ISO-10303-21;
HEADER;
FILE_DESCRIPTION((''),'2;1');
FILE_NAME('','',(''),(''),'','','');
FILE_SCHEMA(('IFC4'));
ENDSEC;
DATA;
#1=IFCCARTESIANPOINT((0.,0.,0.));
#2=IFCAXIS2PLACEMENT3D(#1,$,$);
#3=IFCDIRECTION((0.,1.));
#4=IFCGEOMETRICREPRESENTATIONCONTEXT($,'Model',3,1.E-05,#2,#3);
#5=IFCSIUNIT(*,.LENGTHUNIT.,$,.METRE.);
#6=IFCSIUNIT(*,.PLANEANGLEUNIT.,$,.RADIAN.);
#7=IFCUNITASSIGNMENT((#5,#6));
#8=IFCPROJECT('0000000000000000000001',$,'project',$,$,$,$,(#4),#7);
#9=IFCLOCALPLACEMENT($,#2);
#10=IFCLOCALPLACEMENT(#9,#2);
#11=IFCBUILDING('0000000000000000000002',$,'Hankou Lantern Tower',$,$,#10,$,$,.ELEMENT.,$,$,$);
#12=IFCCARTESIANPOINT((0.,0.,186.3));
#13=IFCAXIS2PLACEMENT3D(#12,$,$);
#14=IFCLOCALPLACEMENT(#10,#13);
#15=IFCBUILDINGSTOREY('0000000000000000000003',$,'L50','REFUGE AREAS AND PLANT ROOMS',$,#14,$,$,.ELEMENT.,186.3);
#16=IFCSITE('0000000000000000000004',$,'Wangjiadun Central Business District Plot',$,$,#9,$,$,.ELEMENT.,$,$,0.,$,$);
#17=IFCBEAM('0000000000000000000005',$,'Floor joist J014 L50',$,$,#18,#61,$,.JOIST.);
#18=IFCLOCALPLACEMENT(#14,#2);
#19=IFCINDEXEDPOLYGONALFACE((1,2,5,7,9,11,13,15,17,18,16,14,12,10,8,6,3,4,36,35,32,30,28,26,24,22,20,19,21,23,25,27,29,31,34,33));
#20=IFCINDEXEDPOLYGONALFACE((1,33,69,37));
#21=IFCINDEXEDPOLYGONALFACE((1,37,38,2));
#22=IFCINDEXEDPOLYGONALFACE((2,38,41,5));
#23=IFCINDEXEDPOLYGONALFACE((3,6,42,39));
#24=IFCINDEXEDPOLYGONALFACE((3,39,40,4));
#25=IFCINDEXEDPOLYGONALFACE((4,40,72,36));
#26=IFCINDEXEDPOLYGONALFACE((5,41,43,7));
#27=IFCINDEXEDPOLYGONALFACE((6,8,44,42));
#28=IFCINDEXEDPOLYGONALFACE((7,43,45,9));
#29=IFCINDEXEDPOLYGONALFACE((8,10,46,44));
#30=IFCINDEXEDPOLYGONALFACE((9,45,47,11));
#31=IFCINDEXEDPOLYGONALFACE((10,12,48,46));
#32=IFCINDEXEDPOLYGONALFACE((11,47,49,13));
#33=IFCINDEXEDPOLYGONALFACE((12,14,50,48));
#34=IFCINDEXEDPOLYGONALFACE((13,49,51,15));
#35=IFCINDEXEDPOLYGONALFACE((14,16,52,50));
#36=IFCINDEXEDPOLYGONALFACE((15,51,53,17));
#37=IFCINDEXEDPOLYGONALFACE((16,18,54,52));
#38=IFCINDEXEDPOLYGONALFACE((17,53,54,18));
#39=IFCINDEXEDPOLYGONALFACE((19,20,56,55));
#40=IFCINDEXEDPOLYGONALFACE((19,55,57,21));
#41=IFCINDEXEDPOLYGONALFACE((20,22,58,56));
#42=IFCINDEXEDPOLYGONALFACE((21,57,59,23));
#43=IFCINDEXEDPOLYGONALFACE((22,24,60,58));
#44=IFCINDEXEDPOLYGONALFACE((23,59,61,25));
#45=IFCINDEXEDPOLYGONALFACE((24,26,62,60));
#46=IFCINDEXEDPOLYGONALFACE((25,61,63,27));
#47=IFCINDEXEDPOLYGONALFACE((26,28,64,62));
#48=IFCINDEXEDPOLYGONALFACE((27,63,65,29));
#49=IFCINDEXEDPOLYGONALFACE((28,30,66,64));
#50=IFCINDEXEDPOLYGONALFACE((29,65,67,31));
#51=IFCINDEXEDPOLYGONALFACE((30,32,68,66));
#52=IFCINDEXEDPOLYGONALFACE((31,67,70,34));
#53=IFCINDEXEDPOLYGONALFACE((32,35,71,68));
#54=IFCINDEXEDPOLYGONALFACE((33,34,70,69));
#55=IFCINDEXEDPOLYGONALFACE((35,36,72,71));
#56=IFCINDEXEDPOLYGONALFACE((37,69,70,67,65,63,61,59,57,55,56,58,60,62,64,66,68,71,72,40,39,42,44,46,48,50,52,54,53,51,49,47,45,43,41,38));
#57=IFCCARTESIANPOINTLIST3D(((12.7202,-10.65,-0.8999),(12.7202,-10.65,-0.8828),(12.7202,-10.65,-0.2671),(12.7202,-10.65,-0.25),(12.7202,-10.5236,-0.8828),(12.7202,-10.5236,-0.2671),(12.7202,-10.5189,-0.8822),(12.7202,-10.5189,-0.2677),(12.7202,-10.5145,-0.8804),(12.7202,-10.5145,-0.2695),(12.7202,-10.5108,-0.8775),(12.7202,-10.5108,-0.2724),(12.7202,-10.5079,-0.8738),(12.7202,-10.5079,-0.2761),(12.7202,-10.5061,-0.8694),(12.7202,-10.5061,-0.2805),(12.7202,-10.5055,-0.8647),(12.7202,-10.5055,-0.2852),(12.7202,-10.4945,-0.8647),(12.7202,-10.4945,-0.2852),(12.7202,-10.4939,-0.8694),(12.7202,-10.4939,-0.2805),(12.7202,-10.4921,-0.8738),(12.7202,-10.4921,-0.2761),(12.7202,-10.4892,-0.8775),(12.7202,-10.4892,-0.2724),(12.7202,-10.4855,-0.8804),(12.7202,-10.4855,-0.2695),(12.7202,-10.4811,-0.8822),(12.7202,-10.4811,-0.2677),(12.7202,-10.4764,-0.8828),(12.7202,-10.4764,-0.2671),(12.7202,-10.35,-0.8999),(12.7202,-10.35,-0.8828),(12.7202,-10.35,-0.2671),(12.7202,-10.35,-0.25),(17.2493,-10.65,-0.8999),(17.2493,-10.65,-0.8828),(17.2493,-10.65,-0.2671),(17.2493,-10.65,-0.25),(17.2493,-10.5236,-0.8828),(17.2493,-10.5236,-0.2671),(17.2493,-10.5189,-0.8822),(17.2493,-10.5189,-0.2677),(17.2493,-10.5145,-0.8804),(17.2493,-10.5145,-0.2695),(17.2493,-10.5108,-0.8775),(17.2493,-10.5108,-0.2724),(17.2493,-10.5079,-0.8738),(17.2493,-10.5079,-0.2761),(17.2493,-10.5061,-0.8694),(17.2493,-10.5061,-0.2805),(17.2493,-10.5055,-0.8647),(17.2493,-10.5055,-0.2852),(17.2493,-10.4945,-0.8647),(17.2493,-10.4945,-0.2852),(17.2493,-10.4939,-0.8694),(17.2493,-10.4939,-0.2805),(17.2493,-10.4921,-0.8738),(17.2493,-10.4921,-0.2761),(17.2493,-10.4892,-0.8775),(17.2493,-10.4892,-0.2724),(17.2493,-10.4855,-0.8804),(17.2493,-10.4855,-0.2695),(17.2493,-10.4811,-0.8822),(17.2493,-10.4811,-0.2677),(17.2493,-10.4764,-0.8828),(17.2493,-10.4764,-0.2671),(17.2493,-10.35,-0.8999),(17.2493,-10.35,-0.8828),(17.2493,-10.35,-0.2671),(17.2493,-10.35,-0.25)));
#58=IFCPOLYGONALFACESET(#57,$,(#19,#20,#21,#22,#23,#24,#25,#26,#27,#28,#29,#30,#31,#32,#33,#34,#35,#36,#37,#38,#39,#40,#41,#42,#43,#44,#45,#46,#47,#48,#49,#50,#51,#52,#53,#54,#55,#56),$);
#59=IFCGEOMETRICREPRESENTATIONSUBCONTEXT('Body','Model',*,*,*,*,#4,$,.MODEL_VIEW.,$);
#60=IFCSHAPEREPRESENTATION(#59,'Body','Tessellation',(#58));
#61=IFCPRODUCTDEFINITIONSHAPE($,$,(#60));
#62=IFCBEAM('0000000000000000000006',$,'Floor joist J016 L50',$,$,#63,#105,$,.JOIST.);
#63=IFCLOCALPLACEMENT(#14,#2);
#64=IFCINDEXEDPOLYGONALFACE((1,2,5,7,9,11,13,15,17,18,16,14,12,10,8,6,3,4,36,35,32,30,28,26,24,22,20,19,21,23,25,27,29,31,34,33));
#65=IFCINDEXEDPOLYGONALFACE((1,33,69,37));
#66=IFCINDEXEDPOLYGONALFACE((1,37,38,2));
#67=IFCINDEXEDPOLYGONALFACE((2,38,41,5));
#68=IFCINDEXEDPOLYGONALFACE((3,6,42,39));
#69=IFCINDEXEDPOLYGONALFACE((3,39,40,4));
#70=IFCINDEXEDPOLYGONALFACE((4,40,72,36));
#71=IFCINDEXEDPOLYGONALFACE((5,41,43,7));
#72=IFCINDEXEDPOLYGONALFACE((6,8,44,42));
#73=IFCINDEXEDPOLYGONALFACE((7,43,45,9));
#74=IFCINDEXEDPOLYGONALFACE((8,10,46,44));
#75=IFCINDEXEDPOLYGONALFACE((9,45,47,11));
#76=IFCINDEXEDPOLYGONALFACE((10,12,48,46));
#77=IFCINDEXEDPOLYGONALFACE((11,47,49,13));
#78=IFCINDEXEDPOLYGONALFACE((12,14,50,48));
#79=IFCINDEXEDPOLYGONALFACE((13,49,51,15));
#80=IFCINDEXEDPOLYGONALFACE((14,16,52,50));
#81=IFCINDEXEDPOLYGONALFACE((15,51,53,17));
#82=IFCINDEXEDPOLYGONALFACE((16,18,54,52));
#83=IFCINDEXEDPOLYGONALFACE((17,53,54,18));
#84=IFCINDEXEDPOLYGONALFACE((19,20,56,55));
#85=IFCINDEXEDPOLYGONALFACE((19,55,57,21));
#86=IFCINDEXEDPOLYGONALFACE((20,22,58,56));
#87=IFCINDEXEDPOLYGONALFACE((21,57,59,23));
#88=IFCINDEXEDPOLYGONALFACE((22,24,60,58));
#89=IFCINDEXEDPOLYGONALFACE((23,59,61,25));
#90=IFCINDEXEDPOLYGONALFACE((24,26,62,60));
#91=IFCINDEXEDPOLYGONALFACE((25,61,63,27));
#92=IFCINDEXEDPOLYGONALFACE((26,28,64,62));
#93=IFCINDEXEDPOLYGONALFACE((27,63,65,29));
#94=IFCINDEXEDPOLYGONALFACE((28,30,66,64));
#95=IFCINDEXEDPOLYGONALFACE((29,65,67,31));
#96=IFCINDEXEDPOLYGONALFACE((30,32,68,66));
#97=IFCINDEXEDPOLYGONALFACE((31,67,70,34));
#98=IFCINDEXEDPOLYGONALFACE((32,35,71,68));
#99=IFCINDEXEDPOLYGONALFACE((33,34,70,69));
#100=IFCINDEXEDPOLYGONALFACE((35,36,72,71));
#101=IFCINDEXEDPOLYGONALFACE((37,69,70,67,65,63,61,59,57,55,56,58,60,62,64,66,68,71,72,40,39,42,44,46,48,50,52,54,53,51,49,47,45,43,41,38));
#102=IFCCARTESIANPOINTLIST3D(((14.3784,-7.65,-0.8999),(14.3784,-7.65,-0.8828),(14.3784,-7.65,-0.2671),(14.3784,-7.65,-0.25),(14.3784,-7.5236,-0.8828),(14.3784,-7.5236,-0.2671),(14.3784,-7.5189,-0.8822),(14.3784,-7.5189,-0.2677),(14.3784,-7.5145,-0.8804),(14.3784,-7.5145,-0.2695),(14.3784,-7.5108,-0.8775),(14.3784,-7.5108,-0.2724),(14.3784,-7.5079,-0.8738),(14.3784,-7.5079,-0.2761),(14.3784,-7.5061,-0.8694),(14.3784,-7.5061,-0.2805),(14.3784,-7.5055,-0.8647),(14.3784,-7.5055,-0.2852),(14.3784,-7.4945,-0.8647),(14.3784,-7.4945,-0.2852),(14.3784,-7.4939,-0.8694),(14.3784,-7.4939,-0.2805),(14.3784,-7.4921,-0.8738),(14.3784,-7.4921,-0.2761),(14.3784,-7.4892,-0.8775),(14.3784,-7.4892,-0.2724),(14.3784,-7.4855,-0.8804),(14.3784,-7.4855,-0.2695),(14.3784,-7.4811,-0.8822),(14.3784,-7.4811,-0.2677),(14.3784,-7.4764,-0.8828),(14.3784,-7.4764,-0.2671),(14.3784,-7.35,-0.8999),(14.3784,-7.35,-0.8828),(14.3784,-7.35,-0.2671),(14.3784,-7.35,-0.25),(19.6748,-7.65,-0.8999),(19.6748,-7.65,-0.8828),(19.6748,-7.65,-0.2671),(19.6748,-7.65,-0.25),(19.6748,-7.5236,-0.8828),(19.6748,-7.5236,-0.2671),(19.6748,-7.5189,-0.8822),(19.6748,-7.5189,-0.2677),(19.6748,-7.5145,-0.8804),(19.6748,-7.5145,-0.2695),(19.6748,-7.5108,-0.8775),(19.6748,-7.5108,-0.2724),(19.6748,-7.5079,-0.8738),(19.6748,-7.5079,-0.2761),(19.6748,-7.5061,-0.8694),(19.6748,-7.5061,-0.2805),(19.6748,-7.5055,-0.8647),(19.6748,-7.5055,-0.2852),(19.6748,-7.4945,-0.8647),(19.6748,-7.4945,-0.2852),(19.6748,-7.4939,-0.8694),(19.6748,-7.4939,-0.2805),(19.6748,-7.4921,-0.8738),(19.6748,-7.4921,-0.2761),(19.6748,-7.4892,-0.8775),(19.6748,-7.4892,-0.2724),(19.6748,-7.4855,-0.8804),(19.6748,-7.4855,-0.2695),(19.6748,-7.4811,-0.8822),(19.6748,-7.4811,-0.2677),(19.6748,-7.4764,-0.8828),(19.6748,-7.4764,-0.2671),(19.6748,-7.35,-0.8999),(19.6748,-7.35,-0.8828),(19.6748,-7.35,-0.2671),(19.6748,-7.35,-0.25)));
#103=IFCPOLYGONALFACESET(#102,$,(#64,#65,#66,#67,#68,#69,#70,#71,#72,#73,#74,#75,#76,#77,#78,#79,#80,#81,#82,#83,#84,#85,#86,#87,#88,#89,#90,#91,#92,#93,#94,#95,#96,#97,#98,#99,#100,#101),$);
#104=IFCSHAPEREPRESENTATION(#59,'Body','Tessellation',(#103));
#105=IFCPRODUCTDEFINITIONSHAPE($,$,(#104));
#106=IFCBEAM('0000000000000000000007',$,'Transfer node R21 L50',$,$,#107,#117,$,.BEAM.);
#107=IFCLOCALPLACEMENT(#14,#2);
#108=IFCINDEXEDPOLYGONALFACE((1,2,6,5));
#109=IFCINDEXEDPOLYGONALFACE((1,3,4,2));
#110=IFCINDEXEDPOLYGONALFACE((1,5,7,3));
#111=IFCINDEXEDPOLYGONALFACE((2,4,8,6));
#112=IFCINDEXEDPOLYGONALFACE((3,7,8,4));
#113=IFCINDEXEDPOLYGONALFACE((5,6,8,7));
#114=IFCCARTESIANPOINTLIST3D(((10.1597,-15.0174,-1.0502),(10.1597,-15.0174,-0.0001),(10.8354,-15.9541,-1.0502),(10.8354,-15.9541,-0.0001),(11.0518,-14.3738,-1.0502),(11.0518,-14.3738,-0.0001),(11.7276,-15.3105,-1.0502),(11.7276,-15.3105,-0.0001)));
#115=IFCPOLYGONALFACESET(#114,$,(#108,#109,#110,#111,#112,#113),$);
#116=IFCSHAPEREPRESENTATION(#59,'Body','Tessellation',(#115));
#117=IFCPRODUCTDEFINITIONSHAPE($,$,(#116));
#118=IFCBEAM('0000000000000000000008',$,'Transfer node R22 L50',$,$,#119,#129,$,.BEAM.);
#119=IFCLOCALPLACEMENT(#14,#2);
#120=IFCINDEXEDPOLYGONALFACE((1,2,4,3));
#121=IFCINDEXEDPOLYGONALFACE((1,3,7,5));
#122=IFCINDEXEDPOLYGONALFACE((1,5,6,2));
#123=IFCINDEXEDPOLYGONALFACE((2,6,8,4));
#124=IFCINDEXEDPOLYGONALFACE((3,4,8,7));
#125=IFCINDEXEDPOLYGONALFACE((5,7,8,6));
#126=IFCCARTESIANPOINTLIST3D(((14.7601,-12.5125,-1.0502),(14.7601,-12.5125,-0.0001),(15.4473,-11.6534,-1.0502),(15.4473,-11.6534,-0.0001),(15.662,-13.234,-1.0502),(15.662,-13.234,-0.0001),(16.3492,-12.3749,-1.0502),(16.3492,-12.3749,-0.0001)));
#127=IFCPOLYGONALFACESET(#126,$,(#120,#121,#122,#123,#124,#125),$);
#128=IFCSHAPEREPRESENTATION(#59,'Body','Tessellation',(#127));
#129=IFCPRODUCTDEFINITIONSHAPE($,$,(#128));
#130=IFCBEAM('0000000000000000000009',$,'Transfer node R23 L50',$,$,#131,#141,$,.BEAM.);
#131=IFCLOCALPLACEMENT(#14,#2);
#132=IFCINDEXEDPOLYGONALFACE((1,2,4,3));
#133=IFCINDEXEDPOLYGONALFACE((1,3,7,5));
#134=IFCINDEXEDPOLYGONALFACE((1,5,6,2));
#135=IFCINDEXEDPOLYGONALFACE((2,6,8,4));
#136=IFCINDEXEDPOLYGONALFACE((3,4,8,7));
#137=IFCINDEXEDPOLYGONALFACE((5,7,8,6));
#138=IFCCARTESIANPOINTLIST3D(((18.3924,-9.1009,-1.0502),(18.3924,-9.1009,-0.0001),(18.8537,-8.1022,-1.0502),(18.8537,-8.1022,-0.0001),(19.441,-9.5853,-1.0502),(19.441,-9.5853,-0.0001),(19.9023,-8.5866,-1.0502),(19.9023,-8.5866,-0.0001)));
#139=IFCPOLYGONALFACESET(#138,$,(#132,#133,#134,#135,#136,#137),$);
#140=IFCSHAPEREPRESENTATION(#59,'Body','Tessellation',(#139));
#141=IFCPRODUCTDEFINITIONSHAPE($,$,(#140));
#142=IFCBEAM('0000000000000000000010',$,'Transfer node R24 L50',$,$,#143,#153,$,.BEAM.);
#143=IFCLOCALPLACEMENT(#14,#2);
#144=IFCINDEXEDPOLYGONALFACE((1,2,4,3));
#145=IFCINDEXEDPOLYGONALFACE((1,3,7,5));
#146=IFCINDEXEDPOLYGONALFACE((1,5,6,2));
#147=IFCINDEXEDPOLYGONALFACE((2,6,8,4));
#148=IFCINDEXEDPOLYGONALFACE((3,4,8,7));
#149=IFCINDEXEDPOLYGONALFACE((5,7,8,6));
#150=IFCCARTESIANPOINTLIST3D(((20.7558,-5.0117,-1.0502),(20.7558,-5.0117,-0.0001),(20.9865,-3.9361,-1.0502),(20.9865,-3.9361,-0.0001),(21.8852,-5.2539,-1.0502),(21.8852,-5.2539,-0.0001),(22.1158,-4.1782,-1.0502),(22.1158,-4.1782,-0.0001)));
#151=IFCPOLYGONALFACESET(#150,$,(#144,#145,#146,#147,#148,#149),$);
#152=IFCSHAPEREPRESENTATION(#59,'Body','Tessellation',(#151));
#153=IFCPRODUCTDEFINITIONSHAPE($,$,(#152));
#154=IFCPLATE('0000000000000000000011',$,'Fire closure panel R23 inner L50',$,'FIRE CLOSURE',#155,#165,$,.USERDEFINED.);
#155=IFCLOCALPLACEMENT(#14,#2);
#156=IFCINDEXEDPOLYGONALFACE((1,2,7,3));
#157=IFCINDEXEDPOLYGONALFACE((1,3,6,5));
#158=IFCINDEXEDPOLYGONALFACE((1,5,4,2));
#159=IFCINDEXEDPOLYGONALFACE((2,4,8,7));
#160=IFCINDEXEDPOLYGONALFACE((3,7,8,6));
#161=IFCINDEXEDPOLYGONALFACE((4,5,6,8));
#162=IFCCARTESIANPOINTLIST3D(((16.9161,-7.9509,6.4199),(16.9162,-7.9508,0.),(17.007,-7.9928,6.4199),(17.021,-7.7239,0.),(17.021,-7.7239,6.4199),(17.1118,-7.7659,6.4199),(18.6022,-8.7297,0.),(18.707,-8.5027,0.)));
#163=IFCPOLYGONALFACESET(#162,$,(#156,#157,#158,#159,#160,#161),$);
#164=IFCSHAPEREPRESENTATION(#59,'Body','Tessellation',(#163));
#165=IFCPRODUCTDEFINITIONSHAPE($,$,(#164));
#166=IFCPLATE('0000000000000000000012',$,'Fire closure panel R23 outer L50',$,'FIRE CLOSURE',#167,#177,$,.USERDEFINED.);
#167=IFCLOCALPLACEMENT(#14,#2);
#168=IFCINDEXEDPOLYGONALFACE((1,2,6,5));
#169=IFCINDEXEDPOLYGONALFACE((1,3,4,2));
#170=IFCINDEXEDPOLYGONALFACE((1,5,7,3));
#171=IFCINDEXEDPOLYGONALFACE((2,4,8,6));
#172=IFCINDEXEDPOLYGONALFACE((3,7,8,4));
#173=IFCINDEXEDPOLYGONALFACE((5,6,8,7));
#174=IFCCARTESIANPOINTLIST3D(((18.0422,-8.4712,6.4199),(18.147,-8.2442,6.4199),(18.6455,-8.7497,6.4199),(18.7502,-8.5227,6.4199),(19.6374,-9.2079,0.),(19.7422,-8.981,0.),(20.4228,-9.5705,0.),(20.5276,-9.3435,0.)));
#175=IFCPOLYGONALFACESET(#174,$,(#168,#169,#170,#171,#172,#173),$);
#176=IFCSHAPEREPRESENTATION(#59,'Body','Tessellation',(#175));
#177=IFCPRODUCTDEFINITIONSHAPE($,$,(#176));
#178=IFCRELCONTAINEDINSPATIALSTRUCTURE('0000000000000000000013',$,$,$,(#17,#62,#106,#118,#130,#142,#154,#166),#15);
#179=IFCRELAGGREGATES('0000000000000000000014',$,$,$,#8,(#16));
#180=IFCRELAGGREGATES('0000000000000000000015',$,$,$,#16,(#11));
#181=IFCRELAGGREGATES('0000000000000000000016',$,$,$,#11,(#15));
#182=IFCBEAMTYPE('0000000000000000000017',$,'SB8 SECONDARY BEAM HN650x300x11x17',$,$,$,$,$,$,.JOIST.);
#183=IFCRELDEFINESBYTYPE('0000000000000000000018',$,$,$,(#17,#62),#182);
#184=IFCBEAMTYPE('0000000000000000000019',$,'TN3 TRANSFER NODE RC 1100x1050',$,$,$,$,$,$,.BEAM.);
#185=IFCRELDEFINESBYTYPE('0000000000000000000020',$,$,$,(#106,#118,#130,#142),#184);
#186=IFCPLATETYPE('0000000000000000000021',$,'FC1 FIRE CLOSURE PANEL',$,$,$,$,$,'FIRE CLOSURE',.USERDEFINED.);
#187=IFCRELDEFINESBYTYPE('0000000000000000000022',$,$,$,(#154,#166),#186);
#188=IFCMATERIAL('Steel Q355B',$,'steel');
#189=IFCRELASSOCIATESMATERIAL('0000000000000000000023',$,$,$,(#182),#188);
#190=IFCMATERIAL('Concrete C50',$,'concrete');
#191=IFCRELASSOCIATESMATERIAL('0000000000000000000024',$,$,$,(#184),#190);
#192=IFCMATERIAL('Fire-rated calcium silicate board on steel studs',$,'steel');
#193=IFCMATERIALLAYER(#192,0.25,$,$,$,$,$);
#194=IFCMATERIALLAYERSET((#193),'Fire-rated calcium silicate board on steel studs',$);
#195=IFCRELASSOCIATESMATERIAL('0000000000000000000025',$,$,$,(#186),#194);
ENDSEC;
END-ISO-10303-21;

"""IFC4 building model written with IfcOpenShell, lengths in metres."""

from ifc_helpers import new_model, si_unit, direction, frame, origin, origin_2d, place, context, subcontext, project, spatial, polyline, rectangle, i_section, outline, extrude, material, layer, layer_set, material_profile, profile_set, type_object, element, save


model = new_model("IFC4")

# Units and contexts
model_context = context("Model", 3, precision=1e-05, world=origin(), true_north=direction((0.0, 1.0)))
body_context = subcontext(model_context, "Body", "Model", "MODEL_VIEW")
ifc_project = project(units=[si_unit("LENGTHUNIT", "METRE"), si_unit("PLANEANGLEUNIT", "RADIAN")], contexts=[model_context])

# Site, building, storey
site_placement = place(None, origin())
site = spatial("IfcSite", under=ifc_project, at=site_placement, Name="Wangjiadun Central Business District Plot", CompositionType="ELEMENT", RefElevation=0.0)
building_placement = place(site_placement, origin())
building = spatial("IfcBuilding", under=site, at=building_placement, Name="Hankou Lantern Tower", CompositionType="ELEMENT")
storey_placement = place(building_placement, frame((0.0, 0.0, 186.3)))
storey = spatial("IfcBuildingStorey", under=building, at=storey_placement, Name="L50", Description="REFUGE AREAS AND PLANT ROOMS", CompositionType="ELEMENT", Elevation=186.3)

# Beams
ifc_material_1 = material(Name="Steel Q355B", Category="steel")
ifc_material_profile_1 = material_profile(ifc_material_1, i_section(OverallWidth=0.3, OverallDepth=0.6499, WebThickness=0.011, FlangeThickness=0.0171, FilletRadius=0.0181, at=origin_2d()), Name="HN650x300x11x17")
ifc_profile_set_1 = profile_set([ifc_material_profile_1], Name="Steel Q355B")
beam_type_1 = type_object("IfcBeamType", Name="SB8 SECONDARY BEAM HN650x300x11x17", PredefinedType="JOIST", material=ifc_profile_set_1)
beam_1_placement = place(storey_placement, frame((12.7202, -10.5, -0.575), z_axis=(1.0, 0.0, 0.0), x_axis=(0.0, 1.0, 0.0)))
element("IfcBeam", 1, at=beam_1_placement, inside=storey, type_object=beam_type_1, Name="Floor joist J014 L50", PredefinedType="JOIST", context=body_context, shape_type="SweptSolid", body=[
    extrude(i_section(OverallWidth=0.3, OverallDepth=0.6499, WebThickness=0.011, FlangeThickness=0.0171, FilletRadius=0.0181, at=origin_2d()), origin(), (0.0, 0.0, 1.0), 4.5291),
])
beam_2_placement = place(storey_placement, frame((14.3784, -7.5, -0.575), z_axis=(1.0, 0.0, 0.0), x_axis=(0.0, 1.0, 0.0)))
element("IfcBeam", 2, at=beam_2_placement, inside=storey, type_object=beam_type_1, Name="Floor joist J016 L50", PredefinedType="JOIST", context=body_context, shape_type="SweptSolid", body=[
    extrude(i_section(OverallWidth=0.3, OverallDepth=0.6499, WebThickness=0.011, FlangeThickness=0.0171, FilletRadius=0.0181, at=origin_2d()), origin(), (0.0, 0.0, 1.0), 5.2964),
])
ifc_material_2 = material(Name="Concrete C50", Category="concrete")
ifc_material_profile_2 = material_profile(ifc_material_2, rectangle(XDim=1.1001, YDim=1.05, at=origin_2d()), Name="RC 1100x1050")
ifc_profile_set_2 = profile_set([ifc_material_profile_2], Name="Concrete C50")
beam_type_2 = type_object("IfcBeamType", Name="TN3 TRANSFER NODE RC 1100x1050", PredefinedType="BEAM", material=ifc_profile_set_2)
for number, where, z_axis, x_axis, name in (
    (3, (11.2815, -15.6323, -0.5251), (-0.585051, 0.810997, 0.0), (-0.810997, -0.585051, 0.0), "Transfer node R21 L50"),
    (4, (16.0056, -12.8044, -0.5251), (-0.780889, 0.624669, 0.0), (-0.624669, -0.780889, 0.0), "Transfer node R22 L50"),
    (5, (19.6716, -9.0859, -0.5251), (-0.907823, 0.419353, 0.0), (-0.419353, -0.907823, 0.0), "Transfer node R23 L50"),
    (6, (22.0005, -4.7161, -0.5251), (-0.977771, 0.209673, 0.0), (-0.209673, -0.977771, 0.0), "Transfer node R24 L50"),
):
    element("IfcBeam", number, at=place(storey_placement, frame(where, z_axis=z_axis, x_axis=x_axis)), inside=storey, type_object=beam_type_2, Name=name, PredefinedType="BEAM", context=body_context, shape_type="SweptSolid", body=[
        extrude(rectangle(XDim=1.1001, YDim=1.05, at=origin_2d()), origin(), (0.0, 0.0, 1.0), 1.155),
    ])

# Plates
ifc_material_3 = material(Name="Fire-rated calcium silicate board on steel studs", Category="steel")
ifc_layer_1 = layer(ifc_material_3, 0.25)
ifc_layer_set_1 = layer_set([ifc_layer_1], Name="Fire-rated calcium silicate board on steel studs")
plate_type = type_object("IfcPlateType", Name="FC1 FIRE CLOSURE PANEL", ElementType="FIRE CLOSURE", PredefinedType="USERDEFINED", material=ifc_layer_set_1)
plate_1_placement = place(storey_placement, frame((17.021, -7.7239, 0.0), z_axis=(0.419359, 0.907821, 0.000005), x_axis=(0.907821, -0.419359, 0.0)))
element("IfcPlate", 7, at=plate_1_placement, inside=storey, type_object=plate_type, Name="Fire closure panel R23 inner L50", ObjectType="FIRE CLOSURE", PredefinedType="USERDEFINED", context=body_context, shape_type="SweptSolid", body=[
    extrude(outline(polyline([(0.0, 0.0), (1.8572, 0.0), (0.1001, -6.4199), (0.0, -6.4199), (0.0, 0.0)])), origin(), (0.0, 0.0, -1.0), 0.25),
])
plate_2_placement = place(storey_placement, frame((19.7422, -8.981, 0.0), z_axis=(0.419159, 0.907913, -0.000042), x_axis=(0.907913, -0.419159, 0.0)))
element("IfcPlate", 8, at=plate_2_placement, inside=storey, type_object=plate_type, Name="Fire closure panel R23 outer L50", ObjectType="FIRE CLOSURE", PredefinedType="USERDEFINED", context=body_context, shape_type="SweptSolid", body=[
    extrude(outline(polyline([(0.0, 0.0), (0.865, 0.0), (-1.0927, -6.4199), (-1.7572, -6.4199), (0.0, 0.0)])), origin(), (0.0, 0.0, -1.0), 0.25),
])

save(model, "model.ifc")
